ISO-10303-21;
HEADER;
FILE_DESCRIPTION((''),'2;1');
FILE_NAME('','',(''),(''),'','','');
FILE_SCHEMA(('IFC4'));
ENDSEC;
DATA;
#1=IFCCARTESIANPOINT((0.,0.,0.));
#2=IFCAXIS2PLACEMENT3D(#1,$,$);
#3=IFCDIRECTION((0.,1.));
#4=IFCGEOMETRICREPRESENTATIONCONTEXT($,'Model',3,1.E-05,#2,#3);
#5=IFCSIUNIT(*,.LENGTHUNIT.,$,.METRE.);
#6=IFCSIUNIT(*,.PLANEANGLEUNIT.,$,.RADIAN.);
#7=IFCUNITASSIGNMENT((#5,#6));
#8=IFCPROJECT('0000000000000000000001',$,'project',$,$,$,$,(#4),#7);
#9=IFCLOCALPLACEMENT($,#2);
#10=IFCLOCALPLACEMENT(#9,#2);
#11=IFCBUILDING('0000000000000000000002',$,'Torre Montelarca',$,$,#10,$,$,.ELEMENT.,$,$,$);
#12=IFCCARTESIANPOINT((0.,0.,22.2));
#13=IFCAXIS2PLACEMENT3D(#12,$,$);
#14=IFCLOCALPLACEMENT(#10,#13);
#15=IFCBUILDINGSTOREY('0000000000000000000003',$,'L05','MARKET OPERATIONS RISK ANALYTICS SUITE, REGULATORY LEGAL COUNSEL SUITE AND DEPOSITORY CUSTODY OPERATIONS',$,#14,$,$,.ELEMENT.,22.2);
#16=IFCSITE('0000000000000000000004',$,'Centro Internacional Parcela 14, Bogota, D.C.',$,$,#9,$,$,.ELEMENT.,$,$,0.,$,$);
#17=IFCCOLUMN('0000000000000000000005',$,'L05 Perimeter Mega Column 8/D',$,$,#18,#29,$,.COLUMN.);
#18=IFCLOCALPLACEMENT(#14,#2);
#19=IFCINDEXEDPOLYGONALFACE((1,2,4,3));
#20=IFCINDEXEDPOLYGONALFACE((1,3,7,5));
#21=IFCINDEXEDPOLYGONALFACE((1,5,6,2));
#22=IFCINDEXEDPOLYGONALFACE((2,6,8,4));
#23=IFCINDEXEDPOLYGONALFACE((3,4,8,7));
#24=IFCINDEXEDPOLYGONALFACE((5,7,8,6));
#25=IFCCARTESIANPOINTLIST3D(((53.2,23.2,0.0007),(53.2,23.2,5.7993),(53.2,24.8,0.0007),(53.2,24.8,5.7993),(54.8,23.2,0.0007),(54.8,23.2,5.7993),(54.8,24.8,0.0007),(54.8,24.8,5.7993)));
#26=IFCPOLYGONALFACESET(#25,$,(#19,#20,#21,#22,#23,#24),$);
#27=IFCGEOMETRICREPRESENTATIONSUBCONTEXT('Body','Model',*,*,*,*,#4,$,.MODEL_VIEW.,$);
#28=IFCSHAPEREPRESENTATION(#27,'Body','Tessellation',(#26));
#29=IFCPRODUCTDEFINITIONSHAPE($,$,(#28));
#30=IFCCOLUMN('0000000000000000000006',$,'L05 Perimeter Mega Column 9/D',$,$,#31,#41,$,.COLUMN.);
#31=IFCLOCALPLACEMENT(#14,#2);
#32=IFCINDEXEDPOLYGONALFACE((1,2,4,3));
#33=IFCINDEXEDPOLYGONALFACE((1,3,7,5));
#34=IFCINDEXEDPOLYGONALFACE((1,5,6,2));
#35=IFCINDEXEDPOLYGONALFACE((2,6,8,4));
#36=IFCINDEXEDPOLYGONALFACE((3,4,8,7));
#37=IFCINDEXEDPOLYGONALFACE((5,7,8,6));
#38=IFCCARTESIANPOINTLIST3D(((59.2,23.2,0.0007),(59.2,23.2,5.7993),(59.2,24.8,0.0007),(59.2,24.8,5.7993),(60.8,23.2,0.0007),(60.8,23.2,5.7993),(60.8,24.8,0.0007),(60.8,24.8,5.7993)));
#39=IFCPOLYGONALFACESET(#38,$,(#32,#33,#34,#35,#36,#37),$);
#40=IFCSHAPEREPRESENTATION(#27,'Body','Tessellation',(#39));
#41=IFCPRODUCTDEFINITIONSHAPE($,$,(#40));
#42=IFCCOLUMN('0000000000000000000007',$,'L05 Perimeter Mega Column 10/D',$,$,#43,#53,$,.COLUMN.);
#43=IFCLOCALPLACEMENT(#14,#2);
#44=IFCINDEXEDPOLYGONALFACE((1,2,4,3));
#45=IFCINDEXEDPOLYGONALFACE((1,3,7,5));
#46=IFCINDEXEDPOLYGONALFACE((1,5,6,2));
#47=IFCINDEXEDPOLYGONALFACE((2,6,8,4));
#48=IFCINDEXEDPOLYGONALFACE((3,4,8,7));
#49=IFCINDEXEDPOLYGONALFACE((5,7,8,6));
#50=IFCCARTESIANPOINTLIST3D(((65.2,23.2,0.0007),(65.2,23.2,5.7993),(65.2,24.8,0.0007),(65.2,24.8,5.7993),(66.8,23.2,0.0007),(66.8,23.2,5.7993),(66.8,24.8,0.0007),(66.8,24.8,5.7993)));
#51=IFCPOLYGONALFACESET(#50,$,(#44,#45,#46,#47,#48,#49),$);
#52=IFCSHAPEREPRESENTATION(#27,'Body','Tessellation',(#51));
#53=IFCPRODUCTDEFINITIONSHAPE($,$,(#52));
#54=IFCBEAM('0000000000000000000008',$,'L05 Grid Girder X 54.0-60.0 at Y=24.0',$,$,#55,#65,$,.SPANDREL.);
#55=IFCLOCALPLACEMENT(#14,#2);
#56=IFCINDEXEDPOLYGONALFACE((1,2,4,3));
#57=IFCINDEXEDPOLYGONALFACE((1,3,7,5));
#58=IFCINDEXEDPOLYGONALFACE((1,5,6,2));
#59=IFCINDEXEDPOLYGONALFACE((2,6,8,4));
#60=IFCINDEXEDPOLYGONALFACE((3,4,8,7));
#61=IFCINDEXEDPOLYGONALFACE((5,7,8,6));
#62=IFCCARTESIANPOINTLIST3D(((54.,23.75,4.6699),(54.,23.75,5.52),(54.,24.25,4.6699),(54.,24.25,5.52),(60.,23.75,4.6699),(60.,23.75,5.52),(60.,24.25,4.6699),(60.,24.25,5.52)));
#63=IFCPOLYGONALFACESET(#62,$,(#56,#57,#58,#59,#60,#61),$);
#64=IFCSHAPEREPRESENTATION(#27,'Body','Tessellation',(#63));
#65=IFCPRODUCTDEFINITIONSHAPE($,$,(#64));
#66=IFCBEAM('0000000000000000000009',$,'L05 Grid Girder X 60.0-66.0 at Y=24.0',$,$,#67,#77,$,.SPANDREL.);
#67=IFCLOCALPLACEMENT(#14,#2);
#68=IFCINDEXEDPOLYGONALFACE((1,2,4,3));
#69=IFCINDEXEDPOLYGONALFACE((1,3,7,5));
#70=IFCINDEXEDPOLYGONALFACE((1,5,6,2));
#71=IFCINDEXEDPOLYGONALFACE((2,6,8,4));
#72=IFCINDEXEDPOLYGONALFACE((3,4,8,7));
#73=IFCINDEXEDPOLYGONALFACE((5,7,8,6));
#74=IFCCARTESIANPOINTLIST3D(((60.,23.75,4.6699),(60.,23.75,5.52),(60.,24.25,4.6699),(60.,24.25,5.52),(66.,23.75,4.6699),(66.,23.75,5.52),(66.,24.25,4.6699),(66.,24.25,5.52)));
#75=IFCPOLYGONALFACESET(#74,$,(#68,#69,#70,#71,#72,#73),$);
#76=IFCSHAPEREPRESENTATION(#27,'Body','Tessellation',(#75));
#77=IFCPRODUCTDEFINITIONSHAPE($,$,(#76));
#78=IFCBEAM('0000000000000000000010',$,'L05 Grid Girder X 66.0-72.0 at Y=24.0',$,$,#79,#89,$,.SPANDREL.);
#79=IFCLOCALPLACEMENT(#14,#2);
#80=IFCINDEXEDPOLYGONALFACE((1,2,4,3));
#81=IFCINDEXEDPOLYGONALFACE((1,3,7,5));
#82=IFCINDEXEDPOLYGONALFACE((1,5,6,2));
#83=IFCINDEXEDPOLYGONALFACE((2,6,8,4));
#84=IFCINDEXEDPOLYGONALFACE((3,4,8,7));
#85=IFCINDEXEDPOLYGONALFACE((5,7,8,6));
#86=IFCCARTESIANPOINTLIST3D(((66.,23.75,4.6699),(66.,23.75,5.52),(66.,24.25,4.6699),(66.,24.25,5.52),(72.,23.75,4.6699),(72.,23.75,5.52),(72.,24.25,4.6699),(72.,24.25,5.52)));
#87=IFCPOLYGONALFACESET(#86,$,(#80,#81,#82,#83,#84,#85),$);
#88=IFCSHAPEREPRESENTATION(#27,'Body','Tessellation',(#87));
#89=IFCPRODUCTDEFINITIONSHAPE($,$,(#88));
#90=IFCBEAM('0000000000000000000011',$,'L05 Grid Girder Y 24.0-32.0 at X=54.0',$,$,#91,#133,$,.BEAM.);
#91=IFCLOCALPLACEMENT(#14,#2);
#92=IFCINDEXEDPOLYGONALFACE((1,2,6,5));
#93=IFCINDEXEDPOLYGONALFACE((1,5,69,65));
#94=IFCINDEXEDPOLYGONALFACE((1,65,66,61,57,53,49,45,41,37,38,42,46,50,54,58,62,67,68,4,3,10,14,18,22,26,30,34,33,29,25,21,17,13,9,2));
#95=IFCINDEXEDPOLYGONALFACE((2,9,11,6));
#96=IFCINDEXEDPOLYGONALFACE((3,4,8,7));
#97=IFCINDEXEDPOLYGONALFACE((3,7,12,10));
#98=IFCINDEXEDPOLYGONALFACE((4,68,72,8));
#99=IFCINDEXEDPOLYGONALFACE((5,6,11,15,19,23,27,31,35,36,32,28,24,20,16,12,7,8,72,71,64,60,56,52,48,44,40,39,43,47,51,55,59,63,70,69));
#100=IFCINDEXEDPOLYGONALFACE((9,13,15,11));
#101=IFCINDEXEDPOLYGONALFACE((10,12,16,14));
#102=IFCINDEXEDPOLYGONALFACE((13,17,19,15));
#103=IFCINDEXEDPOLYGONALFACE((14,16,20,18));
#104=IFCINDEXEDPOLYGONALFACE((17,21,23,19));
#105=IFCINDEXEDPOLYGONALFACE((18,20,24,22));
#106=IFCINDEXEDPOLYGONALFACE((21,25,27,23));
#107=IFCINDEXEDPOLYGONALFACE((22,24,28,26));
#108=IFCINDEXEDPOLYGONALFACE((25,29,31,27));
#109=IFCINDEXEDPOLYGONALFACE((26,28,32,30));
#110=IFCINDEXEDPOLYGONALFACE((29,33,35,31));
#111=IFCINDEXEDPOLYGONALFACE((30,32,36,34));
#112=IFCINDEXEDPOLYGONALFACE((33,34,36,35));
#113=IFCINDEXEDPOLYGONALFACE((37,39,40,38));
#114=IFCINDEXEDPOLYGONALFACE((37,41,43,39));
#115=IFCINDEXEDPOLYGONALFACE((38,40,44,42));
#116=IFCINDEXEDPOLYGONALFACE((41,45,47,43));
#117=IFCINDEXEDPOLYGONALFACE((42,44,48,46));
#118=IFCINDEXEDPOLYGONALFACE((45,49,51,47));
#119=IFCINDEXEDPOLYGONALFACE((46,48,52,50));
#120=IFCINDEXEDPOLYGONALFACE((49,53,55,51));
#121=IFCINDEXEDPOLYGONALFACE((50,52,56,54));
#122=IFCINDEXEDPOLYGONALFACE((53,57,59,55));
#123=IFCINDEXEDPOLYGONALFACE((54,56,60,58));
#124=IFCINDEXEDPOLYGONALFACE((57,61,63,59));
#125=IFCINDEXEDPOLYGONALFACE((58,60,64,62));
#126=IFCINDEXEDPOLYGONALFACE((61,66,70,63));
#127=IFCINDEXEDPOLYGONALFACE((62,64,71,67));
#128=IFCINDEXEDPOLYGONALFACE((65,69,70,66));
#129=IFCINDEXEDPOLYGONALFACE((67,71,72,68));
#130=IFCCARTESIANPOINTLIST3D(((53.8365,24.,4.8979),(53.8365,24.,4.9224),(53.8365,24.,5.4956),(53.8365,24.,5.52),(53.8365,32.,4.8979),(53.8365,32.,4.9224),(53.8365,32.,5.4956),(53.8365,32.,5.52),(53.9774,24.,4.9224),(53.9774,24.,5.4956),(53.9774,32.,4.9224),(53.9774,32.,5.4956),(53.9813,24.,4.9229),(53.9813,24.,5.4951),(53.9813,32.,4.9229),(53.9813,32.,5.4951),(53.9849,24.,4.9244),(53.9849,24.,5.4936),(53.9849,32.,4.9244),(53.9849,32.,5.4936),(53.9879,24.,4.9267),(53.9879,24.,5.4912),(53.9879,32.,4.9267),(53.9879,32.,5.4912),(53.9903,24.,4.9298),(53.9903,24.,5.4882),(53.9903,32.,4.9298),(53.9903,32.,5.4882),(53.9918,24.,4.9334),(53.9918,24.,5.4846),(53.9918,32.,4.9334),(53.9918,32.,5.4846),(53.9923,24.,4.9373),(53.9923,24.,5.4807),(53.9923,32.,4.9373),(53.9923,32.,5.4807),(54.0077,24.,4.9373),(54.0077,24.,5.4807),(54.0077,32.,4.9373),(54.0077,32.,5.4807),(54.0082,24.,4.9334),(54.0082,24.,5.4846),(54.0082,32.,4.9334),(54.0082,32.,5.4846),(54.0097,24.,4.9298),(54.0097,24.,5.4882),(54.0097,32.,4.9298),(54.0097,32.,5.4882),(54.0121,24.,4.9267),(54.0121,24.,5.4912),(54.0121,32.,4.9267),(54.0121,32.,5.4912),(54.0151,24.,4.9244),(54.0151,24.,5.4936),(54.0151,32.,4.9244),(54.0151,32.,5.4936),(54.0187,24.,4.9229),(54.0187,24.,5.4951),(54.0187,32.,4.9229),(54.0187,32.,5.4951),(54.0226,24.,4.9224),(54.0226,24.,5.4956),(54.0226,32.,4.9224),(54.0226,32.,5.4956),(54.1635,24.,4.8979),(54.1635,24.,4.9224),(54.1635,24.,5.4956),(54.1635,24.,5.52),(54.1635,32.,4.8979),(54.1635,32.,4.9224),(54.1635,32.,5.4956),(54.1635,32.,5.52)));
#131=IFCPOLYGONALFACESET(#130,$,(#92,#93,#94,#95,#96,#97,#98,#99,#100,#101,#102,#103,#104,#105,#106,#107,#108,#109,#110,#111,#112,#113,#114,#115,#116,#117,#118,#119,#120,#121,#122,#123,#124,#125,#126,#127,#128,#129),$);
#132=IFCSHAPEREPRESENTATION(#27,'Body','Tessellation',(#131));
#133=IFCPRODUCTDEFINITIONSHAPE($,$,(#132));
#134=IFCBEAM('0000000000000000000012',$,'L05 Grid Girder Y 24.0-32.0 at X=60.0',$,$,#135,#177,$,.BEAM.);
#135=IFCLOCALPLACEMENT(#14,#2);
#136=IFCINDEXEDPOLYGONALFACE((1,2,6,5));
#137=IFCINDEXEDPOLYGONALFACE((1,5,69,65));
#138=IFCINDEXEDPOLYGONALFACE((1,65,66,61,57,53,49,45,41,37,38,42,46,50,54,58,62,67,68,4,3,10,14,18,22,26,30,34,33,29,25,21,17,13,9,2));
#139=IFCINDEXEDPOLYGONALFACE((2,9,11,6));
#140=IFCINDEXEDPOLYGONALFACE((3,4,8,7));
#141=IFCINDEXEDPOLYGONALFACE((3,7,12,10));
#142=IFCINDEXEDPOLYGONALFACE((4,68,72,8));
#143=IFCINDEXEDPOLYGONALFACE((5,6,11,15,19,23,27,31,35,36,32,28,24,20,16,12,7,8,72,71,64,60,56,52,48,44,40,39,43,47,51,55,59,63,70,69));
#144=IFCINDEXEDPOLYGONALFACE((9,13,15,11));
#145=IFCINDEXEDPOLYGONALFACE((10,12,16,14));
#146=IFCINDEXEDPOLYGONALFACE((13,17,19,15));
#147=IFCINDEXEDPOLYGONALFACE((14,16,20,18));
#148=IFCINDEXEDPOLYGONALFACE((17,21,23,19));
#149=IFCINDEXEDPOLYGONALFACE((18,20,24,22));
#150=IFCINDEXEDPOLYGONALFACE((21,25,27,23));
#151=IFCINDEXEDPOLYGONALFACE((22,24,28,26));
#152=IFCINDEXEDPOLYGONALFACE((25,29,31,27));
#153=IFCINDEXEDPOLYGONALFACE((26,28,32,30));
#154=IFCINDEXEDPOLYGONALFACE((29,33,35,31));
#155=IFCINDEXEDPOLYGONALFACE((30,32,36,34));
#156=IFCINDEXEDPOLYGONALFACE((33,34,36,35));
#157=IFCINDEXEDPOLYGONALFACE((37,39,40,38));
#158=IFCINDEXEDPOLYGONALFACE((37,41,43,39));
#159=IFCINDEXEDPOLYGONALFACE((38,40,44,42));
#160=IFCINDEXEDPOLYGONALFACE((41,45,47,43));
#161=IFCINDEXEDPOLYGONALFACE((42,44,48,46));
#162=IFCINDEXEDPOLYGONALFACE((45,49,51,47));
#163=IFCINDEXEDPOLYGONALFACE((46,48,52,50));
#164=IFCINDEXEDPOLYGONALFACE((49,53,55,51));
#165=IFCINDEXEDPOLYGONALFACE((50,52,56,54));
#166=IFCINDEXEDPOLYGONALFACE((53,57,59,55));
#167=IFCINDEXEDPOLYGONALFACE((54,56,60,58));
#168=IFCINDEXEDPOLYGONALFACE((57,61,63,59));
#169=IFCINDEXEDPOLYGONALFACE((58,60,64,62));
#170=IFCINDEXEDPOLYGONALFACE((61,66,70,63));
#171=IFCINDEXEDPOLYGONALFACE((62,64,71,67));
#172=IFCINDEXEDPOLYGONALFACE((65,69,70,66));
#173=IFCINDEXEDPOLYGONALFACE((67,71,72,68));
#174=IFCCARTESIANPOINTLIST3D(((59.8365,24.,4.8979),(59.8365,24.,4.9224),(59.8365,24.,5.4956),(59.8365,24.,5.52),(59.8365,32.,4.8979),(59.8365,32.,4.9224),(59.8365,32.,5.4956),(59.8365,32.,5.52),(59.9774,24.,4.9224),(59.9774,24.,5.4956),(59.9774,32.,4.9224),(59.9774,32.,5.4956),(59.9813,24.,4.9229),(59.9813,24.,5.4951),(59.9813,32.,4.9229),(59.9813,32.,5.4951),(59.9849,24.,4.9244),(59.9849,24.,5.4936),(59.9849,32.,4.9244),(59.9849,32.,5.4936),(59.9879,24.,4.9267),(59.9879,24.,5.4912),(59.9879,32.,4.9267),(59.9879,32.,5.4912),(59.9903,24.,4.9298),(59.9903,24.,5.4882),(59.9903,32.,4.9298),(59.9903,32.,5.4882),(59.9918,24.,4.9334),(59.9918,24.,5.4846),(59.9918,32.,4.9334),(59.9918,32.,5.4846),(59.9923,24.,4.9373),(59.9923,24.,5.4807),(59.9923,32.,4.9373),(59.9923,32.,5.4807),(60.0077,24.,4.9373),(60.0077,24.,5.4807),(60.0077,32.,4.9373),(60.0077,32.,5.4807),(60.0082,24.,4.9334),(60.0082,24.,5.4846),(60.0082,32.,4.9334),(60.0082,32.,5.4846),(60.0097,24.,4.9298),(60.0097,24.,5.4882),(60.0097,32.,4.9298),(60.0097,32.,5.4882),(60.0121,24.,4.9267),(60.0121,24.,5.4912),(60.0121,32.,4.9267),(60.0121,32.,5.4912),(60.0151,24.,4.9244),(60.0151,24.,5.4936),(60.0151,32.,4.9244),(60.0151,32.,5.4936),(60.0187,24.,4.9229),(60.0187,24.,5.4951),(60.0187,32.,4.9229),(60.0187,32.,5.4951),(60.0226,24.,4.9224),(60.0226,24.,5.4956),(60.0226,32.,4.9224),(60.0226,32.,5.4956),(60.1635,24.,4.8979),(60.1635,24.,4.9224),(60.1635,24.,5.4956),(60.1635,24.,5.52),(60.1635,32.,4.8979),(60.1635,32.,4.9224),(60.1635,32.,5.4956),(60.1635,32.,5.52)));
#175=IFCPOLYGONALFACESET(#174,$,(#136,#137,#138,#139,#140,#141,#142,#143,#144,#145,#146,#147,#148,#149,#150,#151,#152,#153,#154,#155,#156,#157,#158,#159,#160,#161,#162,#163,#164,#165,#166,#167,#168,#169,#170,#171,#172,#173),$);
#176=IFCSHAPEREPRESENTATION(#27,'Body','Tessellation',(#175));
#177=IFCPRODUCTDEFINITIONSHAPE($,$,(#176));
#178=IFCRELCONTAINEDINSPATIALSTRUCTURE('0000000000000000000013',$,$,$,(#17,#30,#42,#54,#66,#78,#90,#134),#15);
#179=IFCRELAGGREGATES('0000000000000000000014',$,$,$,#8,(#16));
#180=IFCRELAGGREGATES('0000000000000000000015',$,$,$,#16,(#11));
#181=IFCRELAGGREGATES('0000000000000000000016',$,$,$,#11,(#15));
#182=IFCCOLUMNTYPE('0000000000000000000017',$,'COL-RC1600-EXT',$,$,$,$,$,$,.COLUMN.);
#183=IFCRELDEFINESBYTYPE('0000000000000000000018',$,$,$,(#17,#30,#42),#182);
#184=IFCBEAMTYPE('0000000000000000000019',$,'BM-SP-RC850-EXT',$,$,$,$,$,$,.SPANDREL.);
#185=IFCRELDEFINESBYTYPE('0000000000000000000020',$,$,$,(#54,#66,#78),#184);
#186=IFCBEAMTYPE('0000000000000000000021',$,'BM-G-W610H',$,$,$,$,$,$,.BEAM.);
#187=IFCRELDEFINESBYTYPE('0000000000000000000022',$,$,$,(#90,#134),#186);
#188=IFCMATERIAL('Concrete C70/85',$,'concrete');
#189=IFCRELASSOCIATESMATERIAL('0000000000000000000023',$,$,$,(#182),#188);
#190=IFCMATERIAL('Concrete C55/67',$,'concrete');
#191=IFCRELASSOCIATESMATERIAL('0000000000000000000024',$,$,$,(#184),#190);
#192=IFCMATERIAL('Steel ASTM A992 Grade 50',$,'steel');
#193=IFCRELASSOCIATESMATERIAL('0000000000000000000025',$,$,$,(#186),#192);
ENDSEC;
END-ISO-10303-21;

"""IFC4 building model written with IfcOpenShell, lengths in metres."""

from ifc_helpers import new_model, si_unit, direction, frame, origin, origin_2d, place, context, subcontext, project, spatial, rectangle, i_section, extrude, source, transform, mapped, material, material_profile, profile_set, type_object, element, save


model = new_model("IFC4")

# Units and contexts
model_context = context("Model", 3, precision=1e-05, world=origin(), true_north=direction((0.0, 1.0)))
body_context = subcontext(model_context, "Body", "Model", "MODEL_VIEW")
ifc_project = project(units=[si_unit("LENGTHUNIT", "METRE"), si_unit("PLANEANGLEUNIT", "RADIAN")], contexts=[model_context])

# Site, building, storey
site_placement = place(None, origin())
site = spatial("IfcSite", under=ifc_project, at=site_placement, Name="Centro Internacional Parcela 14, Bogota, D.C.", CompositionType="ELEMENT", RefElevation=0.0)
building_placement = place(site_placement, origin())
building = spatial("IfcBuilding", under=site, at=building_placement, Name="Torre Montelarca", CompositionType="ELEMENT")
storey_placement = place(building_placement, frame((0.0, 0.0, 22.2)))
storey = spatial("IfcBuildingStorey", under=building, at=storey_placement, Name="L05", Description="MARKET OPERATIONS RISK ANALYTICS SUITE, REGULATORY LEGAL COUNSEL SUITE AND DEPOSITORY CUSTODY OPERATIONS", CompositionType="ELEMENT", Elevation=22.2)

# Columns
ifc_material_1 = material(Name="Concrete C70/85", Category="concrete")
ifc_material_profile_1 = material_profile(ifc_material_1, rectangle(XDim=1.6001, YDim=1.6001, at=origin_2d()), Name="RC1600X1600", Category="concrete")
ifc_profile_set_1 = profile_set([ifc_material_profile_1], Name="Concrete C70/85")
column_type = type_object("IfcColumnType", Name="COL-RC1600-EXT", PredefinedType="COLUMN", material=ifc_profile_set_1)
shared_shape_1 = source(origin(), body_context, "Body", "SweptSolid", [
    extrude(rectangle(XDim=1.6001, YDim=1.6001, at=origin_2d()), origin(), (0.0, 0.0, 1.0), 5.7986),
])
for number, where, z_axis, x_axis, name in (
    (1, (54.0, 24.0, 0.0007), (0.0, 0.0, 1.0), (1.0, 0.0, 0.0), "L05 Perimeter Mega Column 8/D"),
    (2, (60.0, 24.0, 0.0007), (0.0, 0.0, 1.0), (1.0, 0.0, 0.0), "L05 Perimeter Mega Column 9/D"),
    (3, (66.0, 24.0, 0.0007), (0.0, 0.0, 1.0), (1.0, 0.0, 0.0), "L05 Perimeter Mega Column 10/D"),
):
    element("IfcColumn", number, at=place(storey_placement, frame(where, z_axis=z_axis, x_axis=x_axis)), inside=storey, type_object=column_type, Name=name, PredefinedType="COLUMN", context=body_context, shape_type="MappedRepresentation", body=[
        mapped(shared_shape_1, transform((0.0, 0.0, 0.0), scale=1.0)),
    ])

# Beams
ifc_material_2 = material(Name="Concrete C55/67", Category="concrete")
ifc_material_profile_2 = material_profile(ifc_material_2, rectangle(XDim=0.5, YDim=0.8501, at=origin_2d()), Name="RCB500X850", Category="concrete")
ifc_profile_set_2 = profile_set([ifc_material_profile_2], Name="Concrete C55/67")
beam_type_1 = type_object("IfcBeamType", Name="BM-SP-RC850-EXT", PredefinedType="SPANDREL", material=ifc_profile_set_2)
shared_shape_2 = source(origin(), body_context, "Body", "SweptSolid", [
    extrude(rectangle(XDim=0.5, YDim=0.8501, at=origin_2d()), origin(), (0.0, 0.0, 1.0), 6.0),
])
for number, where, z_axis, x_axis, name in (
    (4, (54.0, 24.0, 5.095), (1.0, 0.0, 0.0), (0.0, 1.0, 0.0), "L05 Grid Girder X 54.0-60.0 at Y=24.0"),
    (5, (60.0, 24.0, 5.095), (1.0, 0.0, 0.0), (0.0, 1.0, 0.0), "L05 Grid Girder X 60.0-66.0 at Y=24.0"),
    (6, (66.0, 24.0, 5.095), (1.0, 0.0, 0.0), (0.0, 1.0, 0.0), "L05 Grid Girder X 66.0-72.0 at Y=24.0"),
):
    element("IfcBeam", number, at=place(storey_placement, frame(where, z_axis=z_axis, x_axis=x_axis)), inside=storey, type_object=beam_type_1, Name=name, PredefinedType="SPANDREL", context=body_context, shape_type="MappedRepresentation", body=[
        mapped(shared_shape_2, transform((0.0, 0.0, 0.0), scale=1.0)),
    ])
ifc_material_3 = material(Name="Steel ASTM A992 Grade 50", Category="steel")
ifc_material_profile_3 = material_profile(ifc_material_3, i_section(OverallWidth=0.3269, OverallDepth=0.6221, WebThickness=0.0154, FlangeThickness=0.0244, FilletRadius=0.0149, at=origin_2d()), Name="W610X195", Category="steel")
ifc_profile_set_3 = profile_set([ifc_material_profile_3], Name="Steel ASTM A992 Grade 50")
beam_type_2 = type_object("IfcBeamType", Name="BM-G-W610H", PredefinedType="BEAM", material=ifc_profile_set_3)
shared_shape_3 = source(origin(), body_context, "Body", "SweptSolid", [
    extrude(i_section(OverallWidth=0.3269, OverallDepth=0.6221, WebThickness=0.0154, FlangeThickness=0.0244, FilletRadius=0.0149, at=origin_2d()), origin(), (0.0, 0.0, 1.0), 8.0),
])
for number, where, z_axis, x_axis, name in (
    (7, (54.0, 24.0, 5.209), (0.0, 1.0, 0.0), (-1.0, 0.0, 0.0), "L05 Grid Girder Y 24.0-32.0 at X=54.0"),
    (8, (60.0, 24.0, 5.209), (0.0, 1.0, 0.0), (-1.0, 0.0, 0.0), "L05 Grid Girder Y 24.0-32.0 at X=60.0"),
):
    element("IfcBeam", number, at=place(storey_placement, frame(where, z_axis=z_axis, x_axis=x_axis)), inside=storey, type_object=beam_type_2, Name=name, PredefinedType="BEAM", context=body_context, shape_type="MappedRepresentation", body=[
        mapped(shared_shape_3, transform((0.0, 0.0, 0.0), scale=1.0)),
    ])

save(model, "model.ifc")
